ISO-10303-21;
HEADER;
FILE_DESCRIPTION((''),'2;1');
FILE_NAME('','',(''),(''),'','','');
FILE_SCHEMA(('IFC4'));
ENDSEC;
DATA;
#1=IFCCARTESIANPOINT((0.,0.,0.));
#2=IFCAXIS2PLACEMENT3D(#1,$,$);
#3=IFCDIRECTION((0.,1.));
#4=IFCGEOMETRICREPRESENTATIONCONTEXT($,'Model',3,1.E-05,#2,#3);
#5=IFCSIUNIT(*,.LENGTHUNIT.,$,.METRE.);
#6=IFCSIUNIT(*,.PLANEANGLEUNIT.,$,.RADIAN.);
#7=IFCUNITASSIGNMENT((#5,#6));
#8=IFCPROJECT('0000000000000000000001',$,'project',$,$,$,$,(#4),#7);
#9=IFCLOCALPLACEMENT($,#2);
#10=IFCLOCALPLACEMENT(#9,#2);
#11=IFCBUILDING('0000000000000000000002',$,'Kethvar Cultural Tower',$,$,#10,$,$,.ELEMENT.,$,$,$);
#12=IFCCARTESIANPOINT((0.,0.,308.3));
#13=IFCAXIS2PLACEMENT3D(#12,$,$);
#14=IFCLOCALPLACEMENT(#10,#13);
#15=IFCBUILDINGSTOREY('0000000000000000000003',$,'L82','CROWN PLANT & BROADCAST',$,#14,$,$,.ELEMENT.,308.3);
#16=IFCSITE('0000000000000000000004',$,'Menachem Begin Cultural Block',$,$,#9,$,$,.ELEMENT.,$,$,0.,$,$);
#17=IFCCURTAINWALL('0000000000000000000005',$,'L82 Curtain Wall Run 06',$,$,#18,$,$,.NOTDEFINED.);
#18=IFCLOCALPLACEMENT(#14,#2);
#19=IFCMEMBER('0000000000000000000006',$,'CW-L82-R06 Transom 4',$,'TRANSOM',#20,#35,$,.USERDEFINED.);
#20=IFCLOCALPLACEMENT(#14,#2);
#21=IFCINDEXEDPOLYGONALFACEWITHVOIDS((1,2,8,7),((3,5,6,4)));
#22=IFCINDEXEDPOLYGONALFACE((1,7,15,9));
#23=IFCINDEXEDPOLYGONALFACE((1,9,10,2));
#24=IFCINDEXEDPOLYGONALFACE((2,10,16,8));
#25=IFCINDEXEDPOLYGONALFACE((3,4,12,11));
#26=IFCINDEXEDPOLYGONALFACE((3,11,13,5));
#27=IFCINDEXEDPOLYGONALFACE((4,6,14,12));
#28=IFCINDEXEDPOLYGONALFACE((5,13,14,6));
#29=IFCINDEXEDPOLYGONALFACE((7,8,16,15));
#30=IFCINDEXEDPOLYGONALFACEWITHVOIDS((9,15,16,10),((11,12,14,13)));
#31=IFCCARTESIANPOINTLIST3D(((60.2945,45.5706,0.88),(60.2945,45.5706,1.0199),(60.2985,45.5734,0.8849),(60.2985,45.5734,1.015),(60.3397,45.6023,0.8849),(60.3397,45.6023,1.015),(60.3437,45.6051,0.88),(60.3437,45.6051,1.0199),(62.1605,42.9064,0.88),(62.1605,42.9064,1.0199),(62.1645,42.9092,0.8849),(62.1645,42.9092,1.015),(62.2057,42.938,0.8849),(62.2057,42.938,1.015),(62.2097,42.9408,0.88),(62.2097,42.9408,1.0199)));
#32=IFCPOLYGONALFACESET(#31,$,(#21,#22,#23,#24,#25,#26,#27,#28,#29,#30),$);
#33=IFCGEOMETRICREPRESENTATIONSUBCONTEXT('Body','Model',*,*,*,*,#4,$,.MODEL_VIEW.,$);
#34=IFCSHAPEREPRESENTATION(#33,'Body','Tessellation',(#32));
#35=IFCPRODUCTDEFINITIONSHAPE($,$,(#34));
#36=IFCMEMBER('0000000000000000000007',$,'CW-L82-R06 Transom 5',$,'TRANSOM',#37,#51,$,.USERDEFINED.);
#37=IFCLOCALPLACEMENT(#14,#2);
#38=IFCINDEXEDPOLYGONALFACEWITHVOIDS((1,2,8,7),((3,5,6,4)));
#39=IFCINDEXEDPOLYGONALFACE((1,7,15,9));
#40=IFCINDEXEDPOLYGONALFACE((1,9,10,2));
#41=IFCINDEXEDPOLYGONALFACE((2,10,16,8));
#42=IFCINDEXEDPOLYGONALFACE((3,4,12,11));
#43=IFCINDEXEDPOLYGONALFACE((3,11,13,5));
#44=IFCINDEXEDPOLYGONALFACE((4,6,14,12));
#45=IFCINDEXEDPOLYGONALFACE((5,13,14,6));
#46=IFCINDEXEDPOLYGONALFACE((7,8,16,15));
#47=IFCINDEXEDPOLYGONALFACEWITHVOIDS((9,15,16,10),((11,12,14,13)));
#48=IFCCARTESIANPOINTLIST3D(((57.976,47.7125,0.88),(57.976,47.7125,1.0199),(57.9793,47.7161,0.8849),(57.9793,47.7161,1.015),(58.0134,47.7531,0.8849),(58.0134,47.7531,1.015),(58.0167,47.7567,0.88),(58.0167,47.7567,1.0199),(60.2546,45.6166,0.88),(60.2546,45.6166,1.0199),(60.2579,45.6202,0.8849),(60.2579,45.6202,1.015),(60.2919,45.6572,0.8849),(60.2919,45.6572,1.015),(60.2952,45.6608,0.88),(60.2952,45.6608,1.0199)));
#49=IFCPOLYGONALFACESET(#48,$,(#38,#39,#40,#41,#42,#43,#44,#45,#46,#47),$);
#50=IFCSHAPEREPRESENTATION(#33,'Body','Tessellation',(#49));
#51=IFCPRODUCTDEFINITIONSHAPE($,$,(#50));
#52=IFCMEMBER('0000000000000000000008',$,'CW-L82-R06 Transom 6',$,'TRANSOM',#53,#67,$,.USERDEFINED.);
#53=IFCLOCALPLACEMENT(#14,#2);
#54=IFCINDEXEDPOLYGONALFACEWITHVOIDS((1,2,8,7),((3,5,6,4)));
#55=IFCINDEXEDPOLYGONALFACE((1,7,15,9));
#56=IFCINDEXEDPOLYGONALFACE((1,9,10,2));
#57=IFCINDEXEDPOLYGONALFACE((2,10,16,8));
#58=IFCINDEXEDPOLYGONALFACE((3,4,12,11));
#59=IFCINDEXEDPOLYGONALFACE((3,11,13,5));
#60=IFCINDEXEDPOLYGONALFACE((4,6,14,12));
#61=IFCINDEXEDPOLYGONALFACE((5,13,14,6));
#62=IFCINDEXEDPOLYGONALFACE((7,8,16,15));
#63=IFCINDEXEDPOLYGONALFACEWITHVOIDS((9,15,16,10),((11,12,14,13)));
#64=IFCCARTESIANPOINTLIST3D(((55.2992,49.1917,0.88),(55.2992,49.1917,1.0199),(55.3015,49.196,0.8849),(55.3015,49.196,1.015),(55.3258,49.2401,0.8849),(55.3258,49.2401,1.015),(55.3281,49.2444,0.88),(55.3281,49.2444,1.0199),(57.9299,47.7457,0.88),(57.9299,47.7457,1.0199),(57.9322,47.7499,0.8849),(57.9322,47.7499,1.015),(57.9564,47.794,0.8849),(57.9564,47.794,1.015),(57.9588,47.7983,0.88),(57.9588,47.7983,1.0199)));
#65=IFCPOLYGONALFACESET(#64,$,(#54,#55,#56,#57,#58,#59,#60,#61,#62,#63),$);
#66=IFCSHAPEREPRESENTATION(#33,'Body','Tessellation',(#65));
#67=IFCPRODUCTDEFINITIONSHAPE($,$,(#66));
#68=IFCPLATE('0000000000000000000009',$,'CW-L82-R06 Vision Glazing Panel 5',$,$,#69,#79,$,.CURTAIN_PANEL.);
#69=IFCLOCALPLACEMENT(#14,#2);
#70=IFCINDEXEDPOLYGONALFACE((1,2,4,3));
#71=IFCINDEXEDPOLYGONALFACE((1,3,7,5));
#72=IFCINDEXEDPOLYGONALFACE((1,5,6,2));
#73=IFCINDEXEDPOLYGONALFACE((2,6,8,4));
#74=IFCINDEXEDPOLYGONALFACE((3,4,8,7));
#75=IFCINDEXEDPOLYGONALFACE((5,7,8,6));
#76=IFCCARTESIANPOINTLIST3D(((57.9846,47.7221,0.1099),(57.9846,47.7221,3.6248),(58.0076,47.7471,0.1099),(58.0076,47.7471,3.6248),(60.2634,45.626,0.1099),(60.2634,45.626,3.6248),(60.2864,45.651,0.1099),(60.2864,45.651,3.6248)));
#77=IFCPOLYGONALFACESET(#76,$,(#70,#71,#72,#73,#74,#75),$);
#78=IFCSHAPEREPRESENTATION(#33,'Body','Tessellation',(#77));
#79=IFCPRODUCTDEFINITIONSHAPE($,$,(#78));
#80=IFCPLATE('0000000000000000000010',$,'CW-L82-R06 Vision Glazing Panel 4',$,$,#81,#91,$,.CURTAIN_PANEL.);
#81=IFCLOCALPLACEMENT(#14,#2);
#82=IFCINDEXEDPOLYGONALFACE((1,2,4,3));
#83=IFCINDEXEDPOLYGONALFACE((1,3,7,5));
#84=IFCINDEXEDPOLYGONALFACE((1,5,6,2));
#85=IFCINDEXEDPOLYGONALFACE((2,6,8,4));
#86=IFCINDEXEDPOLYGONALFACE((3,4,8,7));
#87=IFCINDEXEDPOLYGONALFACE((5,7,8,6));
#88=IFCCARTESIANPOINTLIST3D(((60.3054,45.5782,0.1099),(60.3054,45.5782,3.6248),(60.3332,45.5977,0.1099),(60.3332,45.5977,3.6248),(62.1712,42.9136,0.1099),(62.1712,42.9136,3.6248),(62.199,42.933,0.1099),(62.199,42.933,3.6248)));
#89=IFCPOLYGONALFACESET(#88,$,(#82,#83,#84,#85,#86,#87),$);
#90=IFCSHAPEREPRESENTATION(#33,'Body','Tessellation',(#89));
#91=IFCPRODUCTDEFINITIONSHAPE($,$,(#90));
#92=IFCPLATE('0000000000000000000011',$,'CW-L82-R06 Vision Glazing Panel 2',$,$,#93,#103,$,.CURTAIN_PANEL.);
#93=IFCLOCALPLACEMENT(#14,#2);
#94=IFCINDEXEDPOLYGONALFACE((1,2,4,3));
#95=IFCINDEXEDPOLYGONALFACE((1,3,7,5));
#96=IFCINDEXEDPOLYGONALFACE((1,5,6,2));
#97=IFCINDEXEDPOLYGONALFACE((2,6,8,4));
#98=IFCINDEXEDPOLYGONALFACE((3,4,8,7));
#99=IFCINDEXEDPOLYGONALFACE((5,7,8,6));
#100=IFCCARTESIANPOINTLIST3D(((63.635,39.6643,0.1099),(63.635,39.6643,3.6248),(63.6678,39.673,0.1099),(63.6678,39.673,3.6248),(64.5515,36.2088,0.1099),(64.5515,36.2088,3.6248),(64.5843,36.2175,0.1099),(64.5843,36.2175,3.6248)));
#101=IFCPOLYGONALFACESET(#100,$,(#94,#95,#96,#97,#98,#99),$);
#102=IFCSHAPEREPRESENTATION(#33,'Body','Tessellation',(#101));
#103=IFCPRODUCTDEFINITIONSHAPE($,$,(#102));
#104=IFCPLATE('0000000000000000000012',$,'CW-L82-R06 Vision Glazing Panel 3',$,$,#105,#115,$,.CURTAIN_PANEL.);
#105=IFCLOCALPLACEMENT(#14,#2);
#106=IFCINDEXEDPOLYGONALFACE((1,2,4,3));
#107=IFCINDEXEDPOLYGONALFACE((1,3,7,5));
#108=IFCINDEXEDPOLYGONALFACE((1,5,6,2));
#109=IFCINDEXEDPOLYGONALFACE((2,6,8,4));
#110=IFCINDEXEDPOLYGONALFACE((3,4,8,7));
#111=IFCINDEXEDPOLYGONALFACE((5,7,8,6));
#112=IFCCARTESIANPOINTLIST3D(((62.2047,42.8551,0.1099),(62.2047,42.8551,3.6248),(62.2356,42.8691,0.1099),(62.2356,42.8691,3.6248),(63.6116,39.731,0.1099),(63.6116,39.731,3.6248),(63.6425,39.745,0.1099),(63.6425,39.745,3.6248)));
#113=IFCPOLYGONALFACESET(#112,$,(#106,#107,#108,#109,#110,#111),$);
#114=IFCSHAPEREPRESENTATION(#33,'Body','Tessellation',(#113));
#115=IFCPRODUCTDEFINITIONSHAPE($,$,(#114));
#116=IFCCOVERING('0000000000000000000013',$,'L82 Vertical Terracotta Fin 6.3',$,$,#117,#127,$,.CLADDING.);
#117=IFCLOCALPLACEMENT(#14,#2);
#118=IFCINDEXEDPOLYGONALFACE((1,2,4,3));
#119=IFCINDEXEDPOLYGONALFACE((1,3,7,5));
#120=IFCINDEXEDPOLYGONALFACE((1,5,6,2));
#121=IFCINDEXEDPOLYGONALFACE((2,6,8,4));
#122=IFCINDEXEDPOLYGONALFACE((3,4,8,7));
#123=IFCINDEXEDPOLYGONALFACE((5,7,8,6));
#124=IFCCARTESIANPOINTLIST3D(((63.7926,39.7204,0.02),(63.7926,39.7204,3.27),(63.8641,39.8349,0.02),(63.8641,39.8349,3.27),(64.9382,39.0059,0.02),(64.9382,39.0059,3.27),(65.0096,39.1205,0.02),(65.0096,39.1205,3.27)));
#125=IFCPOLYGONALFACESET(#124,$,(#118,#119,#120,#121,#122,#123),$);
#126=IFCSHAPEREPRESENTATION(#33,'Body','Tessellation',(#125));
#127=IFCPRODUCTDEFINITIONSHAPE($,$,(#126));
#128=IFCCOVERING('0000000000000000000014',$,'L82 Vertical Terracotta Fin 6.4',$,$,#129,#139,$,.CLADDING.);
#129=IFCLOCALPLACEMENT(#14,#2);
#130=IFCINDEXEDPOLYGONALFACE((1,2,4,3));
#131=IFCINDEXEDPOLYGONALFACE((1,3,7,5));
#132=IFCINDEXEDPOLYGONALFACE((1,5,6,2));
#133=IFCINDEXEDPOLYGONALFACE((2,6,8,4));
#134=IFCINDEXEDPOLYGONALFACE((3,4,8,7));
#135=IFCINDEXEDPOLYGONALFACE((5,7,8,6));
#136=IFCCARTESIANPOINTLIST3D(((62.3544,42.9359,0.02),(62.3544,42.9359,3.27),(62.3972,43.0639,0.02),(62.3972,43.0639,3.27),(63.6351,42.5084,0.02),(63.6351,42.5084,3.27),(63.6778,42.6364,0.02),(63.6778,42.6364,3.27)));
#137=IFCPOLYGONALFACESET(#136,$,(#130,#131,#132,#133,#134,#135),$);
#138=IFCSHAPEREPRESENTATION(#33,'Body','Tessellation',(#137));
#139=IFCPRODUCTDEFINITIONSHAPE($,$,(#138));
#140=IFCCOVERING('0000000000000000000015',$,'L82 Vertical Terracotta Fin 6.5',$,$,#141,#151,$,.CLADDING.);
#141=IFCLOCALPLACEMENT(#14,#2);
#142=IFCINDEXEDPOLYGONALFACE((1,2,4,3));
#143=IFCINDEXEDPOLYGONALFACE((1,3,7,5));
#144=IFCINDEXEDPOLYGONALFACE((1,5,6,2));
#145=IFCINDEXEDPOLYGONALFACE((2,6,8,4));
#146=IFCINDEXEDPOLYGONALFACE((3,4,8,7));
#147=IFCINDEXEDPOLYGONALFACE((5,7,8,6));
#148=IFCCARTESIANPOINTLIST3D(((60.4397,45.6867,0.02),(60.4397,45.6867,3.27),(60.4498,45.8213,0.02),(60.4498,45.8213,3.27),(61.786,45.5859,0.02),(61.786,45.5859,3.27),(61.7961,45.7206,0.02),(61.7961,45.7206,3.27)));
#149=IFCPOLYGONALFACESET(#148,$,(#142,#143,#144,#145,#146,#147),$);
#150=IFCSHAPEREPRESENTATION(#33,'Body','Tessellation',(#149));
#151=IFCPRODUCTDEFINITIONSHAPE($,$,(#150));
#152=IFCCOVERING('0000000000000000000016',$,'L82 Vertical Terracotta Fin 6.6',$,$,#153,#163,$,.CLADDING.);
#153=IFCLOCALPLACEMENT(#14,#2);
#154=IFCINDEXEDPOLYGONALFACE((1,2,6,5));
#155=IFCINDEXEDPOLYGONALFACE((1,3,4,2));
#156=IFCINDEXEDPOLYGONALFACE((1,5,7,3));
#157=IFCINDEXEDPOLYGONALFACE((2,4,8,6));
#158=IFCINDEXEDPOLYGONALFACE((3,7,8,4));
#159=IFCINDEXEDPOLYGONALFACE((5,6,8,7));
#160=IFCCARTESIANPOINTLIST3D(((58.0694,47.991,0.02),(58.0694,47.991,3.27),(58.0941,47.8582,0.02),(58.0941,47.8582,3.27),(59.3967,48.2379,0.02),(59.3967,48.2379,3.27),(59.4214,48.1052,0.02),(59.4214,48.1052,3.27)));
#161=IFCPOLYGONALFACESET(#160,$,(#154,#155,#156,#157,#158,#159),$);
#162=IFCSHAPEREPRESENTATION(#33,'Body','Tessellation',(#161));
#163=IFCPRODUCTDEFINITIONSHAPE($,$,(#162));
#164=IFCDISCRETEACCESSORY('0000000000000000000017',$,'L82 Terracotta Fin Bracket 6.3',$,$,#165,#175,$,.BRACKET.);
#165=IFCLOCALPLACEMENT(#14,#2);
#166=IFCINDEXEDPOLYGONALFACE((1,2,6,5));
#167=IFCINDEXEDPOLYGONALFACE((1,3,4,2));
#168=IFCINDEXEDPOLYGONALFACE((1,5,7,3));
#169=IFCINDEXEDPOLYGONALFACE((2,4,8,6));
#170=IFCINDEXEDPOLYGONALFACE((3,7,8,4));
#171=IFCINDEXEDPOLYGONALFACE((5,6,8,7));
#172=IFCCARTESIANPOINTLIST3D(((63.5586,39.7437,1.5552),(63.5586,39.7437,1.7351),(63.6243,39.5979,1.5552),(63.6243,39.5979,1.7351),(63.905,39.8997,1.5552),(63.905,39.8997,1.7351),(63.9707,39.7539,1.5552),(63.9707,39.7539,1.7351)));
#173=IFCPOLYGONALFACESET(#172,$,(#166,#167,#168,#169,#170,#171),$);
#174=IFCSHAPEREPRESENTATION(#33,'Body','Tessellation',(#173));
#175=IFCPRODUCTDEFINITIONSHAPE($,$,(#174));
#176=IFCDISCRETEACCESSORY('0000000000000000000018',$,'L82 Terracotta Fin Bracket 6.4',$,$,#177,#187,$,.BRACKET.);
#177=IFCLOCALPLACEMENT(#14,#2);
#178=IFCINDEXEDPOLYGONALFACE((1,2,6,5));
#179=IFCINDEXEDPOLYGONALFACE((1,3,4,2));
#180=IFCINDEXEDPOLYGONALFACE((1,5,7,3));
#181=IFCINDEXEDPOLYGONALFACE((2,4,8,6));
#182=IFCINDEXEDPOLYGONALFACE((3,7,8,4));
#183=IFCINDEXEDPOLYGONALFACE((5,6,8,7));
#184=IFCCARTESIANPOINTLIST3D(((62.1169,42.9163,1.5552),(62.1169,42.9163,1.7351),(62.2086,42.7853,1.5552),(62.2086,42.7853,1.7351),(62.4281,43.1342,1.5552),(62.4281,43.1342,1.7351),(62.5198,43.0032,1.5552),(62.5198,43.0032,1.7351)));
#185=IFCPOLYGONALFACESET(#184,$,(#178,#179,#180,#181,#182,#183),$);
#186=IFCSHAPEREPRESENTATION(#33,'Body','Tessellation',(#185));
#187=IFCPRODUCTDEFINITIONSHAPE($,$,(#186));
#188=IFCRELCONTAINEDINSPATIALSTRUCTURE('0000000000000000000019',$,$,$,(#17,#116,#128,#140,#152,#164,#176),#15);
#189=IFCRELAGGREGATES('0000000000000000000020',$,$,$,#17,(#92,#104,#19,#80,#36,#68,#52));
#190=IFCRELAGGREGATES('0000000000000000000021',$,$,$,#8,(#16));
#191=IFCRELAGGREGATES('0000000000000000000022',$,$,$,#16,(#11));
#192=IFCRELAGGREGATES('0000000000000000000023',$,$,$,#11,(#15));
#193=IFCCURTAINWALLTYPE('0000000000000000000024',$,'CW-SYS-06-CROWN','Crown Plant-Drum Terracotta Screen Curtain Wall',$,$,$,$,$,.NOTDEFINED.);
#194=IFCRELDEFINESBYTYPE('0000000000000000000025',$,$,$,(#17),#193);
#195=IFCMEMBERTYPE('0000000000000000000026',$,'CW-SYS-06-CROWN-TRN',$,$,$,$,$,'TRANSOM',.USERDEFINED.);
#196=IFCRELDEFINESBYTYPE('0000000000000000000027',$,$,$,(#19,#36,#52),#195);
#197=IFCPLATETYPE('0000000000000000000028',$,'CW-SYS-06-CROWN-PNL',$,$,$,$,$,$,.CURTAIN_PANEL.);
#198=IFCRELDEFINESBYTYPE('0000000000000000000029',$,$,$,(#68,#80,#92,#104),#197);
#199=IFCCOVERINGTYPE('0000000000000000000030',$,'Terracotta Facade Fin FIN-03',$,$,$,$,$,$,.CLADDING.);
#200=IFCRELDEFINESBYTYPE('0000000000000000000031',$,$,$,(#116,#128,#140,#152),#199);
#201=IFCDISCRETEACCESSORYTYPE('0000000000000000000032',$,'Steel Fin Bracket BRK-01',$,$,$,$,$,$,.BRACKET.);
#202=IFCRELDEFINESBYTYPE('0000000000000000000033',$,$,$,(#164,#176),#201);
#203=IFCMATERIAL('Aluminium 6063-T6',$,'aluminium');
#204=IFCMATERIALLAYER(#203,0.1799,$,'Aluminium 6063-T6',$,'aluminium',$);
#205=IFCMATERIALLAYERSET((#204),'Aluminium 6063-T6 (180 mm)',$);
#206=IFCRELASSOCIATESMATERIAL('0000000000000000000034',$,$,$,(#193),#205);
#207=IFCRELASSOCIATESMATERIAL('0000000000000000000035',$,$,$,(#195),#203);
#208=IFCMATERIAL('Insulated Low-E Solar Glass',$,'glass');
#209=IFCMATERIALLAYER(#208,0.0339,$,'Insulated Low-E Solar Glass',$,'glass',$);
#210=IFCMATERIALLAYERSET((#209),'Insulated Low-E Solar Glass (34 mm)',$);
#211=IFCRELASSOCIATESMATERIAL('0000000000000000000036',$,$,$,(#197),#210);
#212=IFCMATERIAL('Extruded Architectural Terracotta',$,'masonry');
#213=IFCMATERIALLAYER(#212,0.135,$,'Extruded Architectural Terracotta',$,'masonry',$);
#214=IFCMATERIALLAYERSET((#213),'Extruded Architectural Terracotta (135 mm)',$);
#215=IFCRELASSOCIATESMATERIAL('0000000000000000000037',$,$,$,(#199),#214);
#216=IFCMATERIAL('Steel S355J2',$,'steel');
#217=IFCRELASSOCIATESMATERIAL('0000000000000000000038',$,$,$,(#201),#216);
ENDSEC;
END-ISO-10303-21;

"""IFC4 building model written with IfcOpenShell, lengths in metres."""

from ifc_helpers import new_model, si_unit, direction, frame, origin, origin_2d, place, context, subcontext, project, spatial, rectangle, hollow_rectangle, extrude, source, transform, mapped, material, layer, layer_set, material_profile, profile_set, type_object, element, aggregate, save


model = new_model("IFC4")

# Units and contexts
model_context = context("Model", 3, precision=1e-05, world=origin(), true_north=direction((0.0, 1.0)))
body_context = subcontext(model_context, "Body", "Model", "MODEL_VIEW")
ifc_project = project(units=[si_unit("LENGTHUNIT", "METRE"), si_unit("PLANEANGLEUNIT", "RADIAN")], contexts=[model_context])

# Site, building, storey
site_placement = place(None, origin())
site = spatial("IfcSite", under=ifc_project, at=site_placement, Name="Menachem Begin Cultural Block", CompositionType="ELEMENT", RefElevation=0.0)
building_placement = place(site_placement, origin())
building = spatial("IfcBuilding", under=site, at=building_placement, Name="Kethvar Cultural Tower", CompositionType="ELEMENT")
storey_placement = place(building_placement, frame((0.0, 0.0, 308.3)))
storey = spatial("IfcBuildingStorey", under=building, at=storey_placement, Name="L82", Description="CROWN PLANT & BROADCAST", CompositionType="ELEMENT", Elevation=308.3)

# Shared definitions
ifc_material_1 = material(Name="Steel S355J2", Category="steel")

# Curtain wall, members, plates
ifc_material_2 = material(Name="Aluminium 6063-T6", Category="aluminium")
ifc_layer_1 = layer(ifc_material_2, 0.1799, Name="Aluminium 6063-T6", Category="aluminium")
ifc_layer_set_1 = layer_set([ifc_layer_1], Name="Aluminium 6063-T6 (180 mm)")
curtain_wall_type = type_object("IfcCurtainWallType", Name="CW-SYS-06-CROWN", Description="Crown Plant-Drum Terracotta Screen Curtain Wall", PredefinedType="NOTDEFINED", material=ifc_layer_set_1)
curtain_wall_placement = place(storey_placement, origin())
curtain_wall = element("IfcCurtainWall", 1, at=curtain_wall_placement, inside=storey, type_object=curtain_wall_type, Name="L82 Curtain Wall Run 06", PredefinedType="NOTDEFINED")
ifc_material_profile_1 = material_profile(ifc_material_2, hollow_rectangle(XDim=0.0601, YDim=0.1399, WallThickness=0.0049, at=origin_2d()), Name="Aluminium 6063-T6 — RHS140x60x5")
ifc_profile_set_1 = profile_set([ifc_material_profile_1], Name="Aluminium 6063-T6 — RHS140x60x5")
member_type_1 = type_object("IfcMemberType", Name="CW-SYS-06-CROWN-TRN", ElementType="TRANSOM", PredefinedType="USERDEFINED", material=ifc_profile_set_1)
shared_shape_1 = source(origin(), body_context, "Body", "SweptSolid", [
    extrude(hollow_rectangle(XDim=0.0601, YDim=0.1399, WallThickness=0.0049, at=origin_2d()), origin(), (0.0, 0.0, 1.0), 3.2527),
])
member_1_placement = place(storey_placement, frame((62.1851, 42.9236, 0.95), z_axis=(-0.573659, 0.819094, 0.0), x_axis=(-0.819094, -0.573659, 0.0)))
member_1 = element("IfcMember", 2, at=member_1_placement, type_object=member_type_1, Name="CW-L82-R06 Transom 4", ObjectType="TRANSOM", PredefinedType="USERDEFINED", context=body_context, shape_type="MappedRepresentation", body=[
    mapped(shared_shape_1, transform((0.0, 0.0, 0.0), scale=1.0)),
])
shared_shape_2 = source(origin(), body_context, "Body", "SweptSolid", [
    extrude(hollow_rectangle(XDim=0.0601, YDim=0.1399, WallThickness=0.0049, at=origin_2d()), origin(), (0.0, 0.0, 1.0), 3.0959),
])
member_2_placement = place(storey_placement, frame((60.2749, 45.6387, 0.95), z_axis=(-0.735984, 0.676998, 0.0), x_axis=(-0.676998, -0.735984, 0.0)))
member_2 = element("IfcMember", 3, at=member_2_placement, type_object=member_type_1, Name="CW-L82-R06 Transom 5", ObjectType="TRANSOM", PredefinedType="USERDEFINED", context=body_context, shape_type="MappedRepresentation", body=[
    mapped(shared_shape_2, transform((0.0, 0.0, 0.0), scale=1.0)),
])
shared_shape_3 = source(origin(), body_context, "Body", "SweptSolid", [
    extrude(hollow_rectangle(XDim=0.0601, YDim=0.1399, WallThickness=0.0049, at=origin_2d()), origin(), (0.0, 0.0, 1.0), 3.002),
])
member_3_placement = place(storey_placement, frame((57.9443, 47.772, 0.95), z_axis=(-0.876327, 0.481716, 0.0), x_axis=(-0.481716, -0.876327, 0.0)))
member_3 = element("IfcMember", 4, at=member_3_placement, type_object=member_type_1, Name="CW-L82-R06 Transom 6", ObjectType="TRANSOM", PredefinedType="USERDEFINED", context=body_context, shape_type="MappedRepresentation", body=[
    mapped(shared_shape_3, transform((0.0, 0.0, 0.0), scale=1.0)),
])
ifc_material_3 = material(Name="Insulated Low-E Solar Glass", Category="glass")
ifc_layer_2 = layer(ifc_material_3, 0.0339, Name="Insulated Low-E Solar Glass", Category="glass")
ifc_layer_set_2 = layer_set([ifc_layer_2], Name="Insulated Low-E Solar Glass (34 mm)")
plate_type = type_object("IfcPlateType", Name="CW-SYS-06-CROWN-PNL", PredefinedType="CURTAIN_PANEL", material=ifc_layer_set_2)
shared_shape_4 = source(origin(), body_context, "Body", "SweptSolid", [
    extrude(rectangle(XDim=3.0962, YDim=0.0339, at=origin_2d()), origin(), (0.0, 0.0, 1.0), 3.5149),
])
plate_1_placement = place(storey_placement, frame((59.1355, 46.6865, 0.1099), z_axis=(0.0, 0.0, 1.0), x_axis=(-0.735991, 0.676992, 0.0)))
plate_1 = element("IfcPlate", 5, at=plate_1_placement, type_object=plate_type, Name="CW-L82-R06 Vision Glazing Panel 5", PredefinedType="CURTAIN_PANEL", context=body_context, shape_type="MappedRepresentation", body=[
    mapped(shared_shape_4, transform((0.0, 0.0, 0.0), scale=1.0)),
])
shared_shape_5 = source(origin(), body_context, "Body", "SweptSolid", [
    extrude(rectangle(XDim=3.2529, YDim=0.0339, at=origin_2d()), origin(), (0.0, 0.0, 1.0), 3.5149),
])
plate_2_placement = place(storey_placement, frame((61.2522, 44.2556, 0.1099), z_axis=(0.0, 0.0, 1.0), x_axis=(-0.573591, 0.819142, 0.0)))
plate_2 = element("IfcPlate", 6, at=plate_2_placement, type_object=plate_type, Name="CW-L82-R06 Vision Glazing Panel 4", PredefinedType="CURTAIN_PANEL", context=body_context, shape_type="MappedRepresentation", body=[
    mapped(shared_shape_5, transform((0.0, 0.0, 0.0), scale=1.0)),
])
shared_shape_6 = source(origin(), body_context, "Body", "SweptSolid", [
    extrude(rectangle(XDim=3.575, YDim=0.0339, at=origin_2d()), origin(), (0.0, 0.0, 1.0), 3.5149),
])
plate_3_placement = place(storey_placement, frame((64.1096, 37.9409, 0.1099), z_axis=(0.0, 0.0, 1.0), x_axis=(-0.256357, 0.966582, 0.0)))
plate_3 = element("IfcPlate", 7, at=plate_3_placement, type_object=plate_type, Name="CW-L82-R06 Vision Glazing Panel 2", PredefinedType="CURTAIN_PANEL", context=body_context, shape_type="MappedRepresentation", body=[
    mapped(shared_shape_6, transform((0.0, 0.0, 0.0), scale=1.0)),
])
shared_shape_7 = source(origin(), body_context, "Body", "SweptSolid", [
    extrude(rectangle(XDim=3.4263, YDim=0.0339, at=origin_2d()), origin(), (0.0, 0.0, 1.0), 3.5149),
])
plate_4_placement = place(storey_placement, frame((62.9236, 41.3, 0.1099), z_axis=(0.0, 0.0, 1.0), x_axis=(-0.410623, 0.911805, 0.0)))
plate_4 = element("IfcPlate", 8, at=plate_4_placement, type_object=plate_type, Name="CW-L82-R06 Vision Glazing Panel 3", PredefinedType="CURTAIN_PANEL", context=body_context, shape_type="MappedRepresentation", body=[
    mapped(shared_shape_7, transform((0.0, 0.0, 0.0), scale=1.0)),
])
aggregate(curtain_wall, [plate_3, plate_4, member_1, plate_2, member_2, plate_1, member_3])

# Coverings
ifc_material_4 = material(Name="Extruded Architectural Terracotta", Category="masonry")
ifc_layer_3 = layer(ifc_material_4, 0.135, Name="Extruded Architectural Terracotta", Category="masonry")
ifc_layer_set_3 = layer_set([ifc_layer_3], Name="Extruded Architectural Terracotta (135 mm)")
covering_type = type_object("IfcCoveringType", Name="Terracotta Facade Fin FIN-03", PredefinedType="CLADDING", material=ifc_layer_set_3)
shared_shape_8 = source(origin(), body_context, "Body", "SweptSolid", [
    extrude(rectangle(XDim=1.3501, YDim=0.135, at=origin_2d()), origin(), (0.0, 0.0, 1.0), 3.25),
])
for number, where, z_axis, x_axis, name in (
    (9, (64.4011, 39.4204, 0.02), (0.0, 0.0, 1.0), (0.84851, -0.529179, 0.0), "L82 Vertical Terracotta Fin 6.3"),
    (10, (63.0161, 42.7861, 0.02), (0.0, 0.0, 1.0), (0.948545, -0.316643, 0.0), "L82 Vertical Terracotta Fin 6.4"),
    (11, (61.1179, 45.7036, 0.02), (0.0, 0.0, 1.0), (0.997211, -0.074631, 0.0), "L82 Vertical Terracotta Fin 6.5"),
    (12, (58.7454, 48.0481, 0.02), (0.0, 0.0, 1.0), (0.983127, 0.182922, 0.0), "L82 Vertical Terracotta Fin 6.6"),
):
    element("IfcCovering", number, at=place(storey_placement, frame(where, z_axis=z_axis, x_axis=x_axis)), inside=storey, type_object=covering_type, Name=name, PredefinedType="CLADDING", context=body_context, shape_type="MappedRepresentation", body=[
        mapped(shared_shape_8, transform((0.0, 0.0, 0.0), scale=1.0)),
    ])

# Discrete accessories
discrete_accessory_type = type_object("IfcDiscreteAccessoryType", Name="Steel Fin Bracket BRK-01", PredefinedType="BRACKET", material=ifc_material_1)
shared_shape_9 = source(origin(), body_context, "Body", "SweptSolid", [
    extrude(rectangle(XDim=0.3799, YDim=0.1599, at=origin_2d()), origin(), (0.0, 0.0, 1.0), 0.1799),
])
for number, where, z_axis, x_axis, name in (
    (13, (63.7646, 39.7488, 1.5552), (0.0, 0.0, 1.0), (0.911834, 0.41056, 0.0), "L82 Terracotta Fin Bracket 6.3"),
    (14, (62.3184, 42.9597, 1.5552), (0.0, 0.0, 1.0), (0.819152, 0.573576, 0.0), "L82 Terracotta Fin Bracket 6.4"),
):
    element("IfcDiscreteAccessory", number, at=place(storey_placement, frame(where, z_axis=z_axis, x_axis=x_axis)), inside=storey, type_object=discrete_accessory_type, Name=name, PredefinedType="BRACKET", context=body_context, shape_type="MappedRepresentation", body=[
        mapped(shared_shape_9, transform((0.0, 0.0, 0.0), scale=1.0)),
    ])

save(model, "model.ifc")
